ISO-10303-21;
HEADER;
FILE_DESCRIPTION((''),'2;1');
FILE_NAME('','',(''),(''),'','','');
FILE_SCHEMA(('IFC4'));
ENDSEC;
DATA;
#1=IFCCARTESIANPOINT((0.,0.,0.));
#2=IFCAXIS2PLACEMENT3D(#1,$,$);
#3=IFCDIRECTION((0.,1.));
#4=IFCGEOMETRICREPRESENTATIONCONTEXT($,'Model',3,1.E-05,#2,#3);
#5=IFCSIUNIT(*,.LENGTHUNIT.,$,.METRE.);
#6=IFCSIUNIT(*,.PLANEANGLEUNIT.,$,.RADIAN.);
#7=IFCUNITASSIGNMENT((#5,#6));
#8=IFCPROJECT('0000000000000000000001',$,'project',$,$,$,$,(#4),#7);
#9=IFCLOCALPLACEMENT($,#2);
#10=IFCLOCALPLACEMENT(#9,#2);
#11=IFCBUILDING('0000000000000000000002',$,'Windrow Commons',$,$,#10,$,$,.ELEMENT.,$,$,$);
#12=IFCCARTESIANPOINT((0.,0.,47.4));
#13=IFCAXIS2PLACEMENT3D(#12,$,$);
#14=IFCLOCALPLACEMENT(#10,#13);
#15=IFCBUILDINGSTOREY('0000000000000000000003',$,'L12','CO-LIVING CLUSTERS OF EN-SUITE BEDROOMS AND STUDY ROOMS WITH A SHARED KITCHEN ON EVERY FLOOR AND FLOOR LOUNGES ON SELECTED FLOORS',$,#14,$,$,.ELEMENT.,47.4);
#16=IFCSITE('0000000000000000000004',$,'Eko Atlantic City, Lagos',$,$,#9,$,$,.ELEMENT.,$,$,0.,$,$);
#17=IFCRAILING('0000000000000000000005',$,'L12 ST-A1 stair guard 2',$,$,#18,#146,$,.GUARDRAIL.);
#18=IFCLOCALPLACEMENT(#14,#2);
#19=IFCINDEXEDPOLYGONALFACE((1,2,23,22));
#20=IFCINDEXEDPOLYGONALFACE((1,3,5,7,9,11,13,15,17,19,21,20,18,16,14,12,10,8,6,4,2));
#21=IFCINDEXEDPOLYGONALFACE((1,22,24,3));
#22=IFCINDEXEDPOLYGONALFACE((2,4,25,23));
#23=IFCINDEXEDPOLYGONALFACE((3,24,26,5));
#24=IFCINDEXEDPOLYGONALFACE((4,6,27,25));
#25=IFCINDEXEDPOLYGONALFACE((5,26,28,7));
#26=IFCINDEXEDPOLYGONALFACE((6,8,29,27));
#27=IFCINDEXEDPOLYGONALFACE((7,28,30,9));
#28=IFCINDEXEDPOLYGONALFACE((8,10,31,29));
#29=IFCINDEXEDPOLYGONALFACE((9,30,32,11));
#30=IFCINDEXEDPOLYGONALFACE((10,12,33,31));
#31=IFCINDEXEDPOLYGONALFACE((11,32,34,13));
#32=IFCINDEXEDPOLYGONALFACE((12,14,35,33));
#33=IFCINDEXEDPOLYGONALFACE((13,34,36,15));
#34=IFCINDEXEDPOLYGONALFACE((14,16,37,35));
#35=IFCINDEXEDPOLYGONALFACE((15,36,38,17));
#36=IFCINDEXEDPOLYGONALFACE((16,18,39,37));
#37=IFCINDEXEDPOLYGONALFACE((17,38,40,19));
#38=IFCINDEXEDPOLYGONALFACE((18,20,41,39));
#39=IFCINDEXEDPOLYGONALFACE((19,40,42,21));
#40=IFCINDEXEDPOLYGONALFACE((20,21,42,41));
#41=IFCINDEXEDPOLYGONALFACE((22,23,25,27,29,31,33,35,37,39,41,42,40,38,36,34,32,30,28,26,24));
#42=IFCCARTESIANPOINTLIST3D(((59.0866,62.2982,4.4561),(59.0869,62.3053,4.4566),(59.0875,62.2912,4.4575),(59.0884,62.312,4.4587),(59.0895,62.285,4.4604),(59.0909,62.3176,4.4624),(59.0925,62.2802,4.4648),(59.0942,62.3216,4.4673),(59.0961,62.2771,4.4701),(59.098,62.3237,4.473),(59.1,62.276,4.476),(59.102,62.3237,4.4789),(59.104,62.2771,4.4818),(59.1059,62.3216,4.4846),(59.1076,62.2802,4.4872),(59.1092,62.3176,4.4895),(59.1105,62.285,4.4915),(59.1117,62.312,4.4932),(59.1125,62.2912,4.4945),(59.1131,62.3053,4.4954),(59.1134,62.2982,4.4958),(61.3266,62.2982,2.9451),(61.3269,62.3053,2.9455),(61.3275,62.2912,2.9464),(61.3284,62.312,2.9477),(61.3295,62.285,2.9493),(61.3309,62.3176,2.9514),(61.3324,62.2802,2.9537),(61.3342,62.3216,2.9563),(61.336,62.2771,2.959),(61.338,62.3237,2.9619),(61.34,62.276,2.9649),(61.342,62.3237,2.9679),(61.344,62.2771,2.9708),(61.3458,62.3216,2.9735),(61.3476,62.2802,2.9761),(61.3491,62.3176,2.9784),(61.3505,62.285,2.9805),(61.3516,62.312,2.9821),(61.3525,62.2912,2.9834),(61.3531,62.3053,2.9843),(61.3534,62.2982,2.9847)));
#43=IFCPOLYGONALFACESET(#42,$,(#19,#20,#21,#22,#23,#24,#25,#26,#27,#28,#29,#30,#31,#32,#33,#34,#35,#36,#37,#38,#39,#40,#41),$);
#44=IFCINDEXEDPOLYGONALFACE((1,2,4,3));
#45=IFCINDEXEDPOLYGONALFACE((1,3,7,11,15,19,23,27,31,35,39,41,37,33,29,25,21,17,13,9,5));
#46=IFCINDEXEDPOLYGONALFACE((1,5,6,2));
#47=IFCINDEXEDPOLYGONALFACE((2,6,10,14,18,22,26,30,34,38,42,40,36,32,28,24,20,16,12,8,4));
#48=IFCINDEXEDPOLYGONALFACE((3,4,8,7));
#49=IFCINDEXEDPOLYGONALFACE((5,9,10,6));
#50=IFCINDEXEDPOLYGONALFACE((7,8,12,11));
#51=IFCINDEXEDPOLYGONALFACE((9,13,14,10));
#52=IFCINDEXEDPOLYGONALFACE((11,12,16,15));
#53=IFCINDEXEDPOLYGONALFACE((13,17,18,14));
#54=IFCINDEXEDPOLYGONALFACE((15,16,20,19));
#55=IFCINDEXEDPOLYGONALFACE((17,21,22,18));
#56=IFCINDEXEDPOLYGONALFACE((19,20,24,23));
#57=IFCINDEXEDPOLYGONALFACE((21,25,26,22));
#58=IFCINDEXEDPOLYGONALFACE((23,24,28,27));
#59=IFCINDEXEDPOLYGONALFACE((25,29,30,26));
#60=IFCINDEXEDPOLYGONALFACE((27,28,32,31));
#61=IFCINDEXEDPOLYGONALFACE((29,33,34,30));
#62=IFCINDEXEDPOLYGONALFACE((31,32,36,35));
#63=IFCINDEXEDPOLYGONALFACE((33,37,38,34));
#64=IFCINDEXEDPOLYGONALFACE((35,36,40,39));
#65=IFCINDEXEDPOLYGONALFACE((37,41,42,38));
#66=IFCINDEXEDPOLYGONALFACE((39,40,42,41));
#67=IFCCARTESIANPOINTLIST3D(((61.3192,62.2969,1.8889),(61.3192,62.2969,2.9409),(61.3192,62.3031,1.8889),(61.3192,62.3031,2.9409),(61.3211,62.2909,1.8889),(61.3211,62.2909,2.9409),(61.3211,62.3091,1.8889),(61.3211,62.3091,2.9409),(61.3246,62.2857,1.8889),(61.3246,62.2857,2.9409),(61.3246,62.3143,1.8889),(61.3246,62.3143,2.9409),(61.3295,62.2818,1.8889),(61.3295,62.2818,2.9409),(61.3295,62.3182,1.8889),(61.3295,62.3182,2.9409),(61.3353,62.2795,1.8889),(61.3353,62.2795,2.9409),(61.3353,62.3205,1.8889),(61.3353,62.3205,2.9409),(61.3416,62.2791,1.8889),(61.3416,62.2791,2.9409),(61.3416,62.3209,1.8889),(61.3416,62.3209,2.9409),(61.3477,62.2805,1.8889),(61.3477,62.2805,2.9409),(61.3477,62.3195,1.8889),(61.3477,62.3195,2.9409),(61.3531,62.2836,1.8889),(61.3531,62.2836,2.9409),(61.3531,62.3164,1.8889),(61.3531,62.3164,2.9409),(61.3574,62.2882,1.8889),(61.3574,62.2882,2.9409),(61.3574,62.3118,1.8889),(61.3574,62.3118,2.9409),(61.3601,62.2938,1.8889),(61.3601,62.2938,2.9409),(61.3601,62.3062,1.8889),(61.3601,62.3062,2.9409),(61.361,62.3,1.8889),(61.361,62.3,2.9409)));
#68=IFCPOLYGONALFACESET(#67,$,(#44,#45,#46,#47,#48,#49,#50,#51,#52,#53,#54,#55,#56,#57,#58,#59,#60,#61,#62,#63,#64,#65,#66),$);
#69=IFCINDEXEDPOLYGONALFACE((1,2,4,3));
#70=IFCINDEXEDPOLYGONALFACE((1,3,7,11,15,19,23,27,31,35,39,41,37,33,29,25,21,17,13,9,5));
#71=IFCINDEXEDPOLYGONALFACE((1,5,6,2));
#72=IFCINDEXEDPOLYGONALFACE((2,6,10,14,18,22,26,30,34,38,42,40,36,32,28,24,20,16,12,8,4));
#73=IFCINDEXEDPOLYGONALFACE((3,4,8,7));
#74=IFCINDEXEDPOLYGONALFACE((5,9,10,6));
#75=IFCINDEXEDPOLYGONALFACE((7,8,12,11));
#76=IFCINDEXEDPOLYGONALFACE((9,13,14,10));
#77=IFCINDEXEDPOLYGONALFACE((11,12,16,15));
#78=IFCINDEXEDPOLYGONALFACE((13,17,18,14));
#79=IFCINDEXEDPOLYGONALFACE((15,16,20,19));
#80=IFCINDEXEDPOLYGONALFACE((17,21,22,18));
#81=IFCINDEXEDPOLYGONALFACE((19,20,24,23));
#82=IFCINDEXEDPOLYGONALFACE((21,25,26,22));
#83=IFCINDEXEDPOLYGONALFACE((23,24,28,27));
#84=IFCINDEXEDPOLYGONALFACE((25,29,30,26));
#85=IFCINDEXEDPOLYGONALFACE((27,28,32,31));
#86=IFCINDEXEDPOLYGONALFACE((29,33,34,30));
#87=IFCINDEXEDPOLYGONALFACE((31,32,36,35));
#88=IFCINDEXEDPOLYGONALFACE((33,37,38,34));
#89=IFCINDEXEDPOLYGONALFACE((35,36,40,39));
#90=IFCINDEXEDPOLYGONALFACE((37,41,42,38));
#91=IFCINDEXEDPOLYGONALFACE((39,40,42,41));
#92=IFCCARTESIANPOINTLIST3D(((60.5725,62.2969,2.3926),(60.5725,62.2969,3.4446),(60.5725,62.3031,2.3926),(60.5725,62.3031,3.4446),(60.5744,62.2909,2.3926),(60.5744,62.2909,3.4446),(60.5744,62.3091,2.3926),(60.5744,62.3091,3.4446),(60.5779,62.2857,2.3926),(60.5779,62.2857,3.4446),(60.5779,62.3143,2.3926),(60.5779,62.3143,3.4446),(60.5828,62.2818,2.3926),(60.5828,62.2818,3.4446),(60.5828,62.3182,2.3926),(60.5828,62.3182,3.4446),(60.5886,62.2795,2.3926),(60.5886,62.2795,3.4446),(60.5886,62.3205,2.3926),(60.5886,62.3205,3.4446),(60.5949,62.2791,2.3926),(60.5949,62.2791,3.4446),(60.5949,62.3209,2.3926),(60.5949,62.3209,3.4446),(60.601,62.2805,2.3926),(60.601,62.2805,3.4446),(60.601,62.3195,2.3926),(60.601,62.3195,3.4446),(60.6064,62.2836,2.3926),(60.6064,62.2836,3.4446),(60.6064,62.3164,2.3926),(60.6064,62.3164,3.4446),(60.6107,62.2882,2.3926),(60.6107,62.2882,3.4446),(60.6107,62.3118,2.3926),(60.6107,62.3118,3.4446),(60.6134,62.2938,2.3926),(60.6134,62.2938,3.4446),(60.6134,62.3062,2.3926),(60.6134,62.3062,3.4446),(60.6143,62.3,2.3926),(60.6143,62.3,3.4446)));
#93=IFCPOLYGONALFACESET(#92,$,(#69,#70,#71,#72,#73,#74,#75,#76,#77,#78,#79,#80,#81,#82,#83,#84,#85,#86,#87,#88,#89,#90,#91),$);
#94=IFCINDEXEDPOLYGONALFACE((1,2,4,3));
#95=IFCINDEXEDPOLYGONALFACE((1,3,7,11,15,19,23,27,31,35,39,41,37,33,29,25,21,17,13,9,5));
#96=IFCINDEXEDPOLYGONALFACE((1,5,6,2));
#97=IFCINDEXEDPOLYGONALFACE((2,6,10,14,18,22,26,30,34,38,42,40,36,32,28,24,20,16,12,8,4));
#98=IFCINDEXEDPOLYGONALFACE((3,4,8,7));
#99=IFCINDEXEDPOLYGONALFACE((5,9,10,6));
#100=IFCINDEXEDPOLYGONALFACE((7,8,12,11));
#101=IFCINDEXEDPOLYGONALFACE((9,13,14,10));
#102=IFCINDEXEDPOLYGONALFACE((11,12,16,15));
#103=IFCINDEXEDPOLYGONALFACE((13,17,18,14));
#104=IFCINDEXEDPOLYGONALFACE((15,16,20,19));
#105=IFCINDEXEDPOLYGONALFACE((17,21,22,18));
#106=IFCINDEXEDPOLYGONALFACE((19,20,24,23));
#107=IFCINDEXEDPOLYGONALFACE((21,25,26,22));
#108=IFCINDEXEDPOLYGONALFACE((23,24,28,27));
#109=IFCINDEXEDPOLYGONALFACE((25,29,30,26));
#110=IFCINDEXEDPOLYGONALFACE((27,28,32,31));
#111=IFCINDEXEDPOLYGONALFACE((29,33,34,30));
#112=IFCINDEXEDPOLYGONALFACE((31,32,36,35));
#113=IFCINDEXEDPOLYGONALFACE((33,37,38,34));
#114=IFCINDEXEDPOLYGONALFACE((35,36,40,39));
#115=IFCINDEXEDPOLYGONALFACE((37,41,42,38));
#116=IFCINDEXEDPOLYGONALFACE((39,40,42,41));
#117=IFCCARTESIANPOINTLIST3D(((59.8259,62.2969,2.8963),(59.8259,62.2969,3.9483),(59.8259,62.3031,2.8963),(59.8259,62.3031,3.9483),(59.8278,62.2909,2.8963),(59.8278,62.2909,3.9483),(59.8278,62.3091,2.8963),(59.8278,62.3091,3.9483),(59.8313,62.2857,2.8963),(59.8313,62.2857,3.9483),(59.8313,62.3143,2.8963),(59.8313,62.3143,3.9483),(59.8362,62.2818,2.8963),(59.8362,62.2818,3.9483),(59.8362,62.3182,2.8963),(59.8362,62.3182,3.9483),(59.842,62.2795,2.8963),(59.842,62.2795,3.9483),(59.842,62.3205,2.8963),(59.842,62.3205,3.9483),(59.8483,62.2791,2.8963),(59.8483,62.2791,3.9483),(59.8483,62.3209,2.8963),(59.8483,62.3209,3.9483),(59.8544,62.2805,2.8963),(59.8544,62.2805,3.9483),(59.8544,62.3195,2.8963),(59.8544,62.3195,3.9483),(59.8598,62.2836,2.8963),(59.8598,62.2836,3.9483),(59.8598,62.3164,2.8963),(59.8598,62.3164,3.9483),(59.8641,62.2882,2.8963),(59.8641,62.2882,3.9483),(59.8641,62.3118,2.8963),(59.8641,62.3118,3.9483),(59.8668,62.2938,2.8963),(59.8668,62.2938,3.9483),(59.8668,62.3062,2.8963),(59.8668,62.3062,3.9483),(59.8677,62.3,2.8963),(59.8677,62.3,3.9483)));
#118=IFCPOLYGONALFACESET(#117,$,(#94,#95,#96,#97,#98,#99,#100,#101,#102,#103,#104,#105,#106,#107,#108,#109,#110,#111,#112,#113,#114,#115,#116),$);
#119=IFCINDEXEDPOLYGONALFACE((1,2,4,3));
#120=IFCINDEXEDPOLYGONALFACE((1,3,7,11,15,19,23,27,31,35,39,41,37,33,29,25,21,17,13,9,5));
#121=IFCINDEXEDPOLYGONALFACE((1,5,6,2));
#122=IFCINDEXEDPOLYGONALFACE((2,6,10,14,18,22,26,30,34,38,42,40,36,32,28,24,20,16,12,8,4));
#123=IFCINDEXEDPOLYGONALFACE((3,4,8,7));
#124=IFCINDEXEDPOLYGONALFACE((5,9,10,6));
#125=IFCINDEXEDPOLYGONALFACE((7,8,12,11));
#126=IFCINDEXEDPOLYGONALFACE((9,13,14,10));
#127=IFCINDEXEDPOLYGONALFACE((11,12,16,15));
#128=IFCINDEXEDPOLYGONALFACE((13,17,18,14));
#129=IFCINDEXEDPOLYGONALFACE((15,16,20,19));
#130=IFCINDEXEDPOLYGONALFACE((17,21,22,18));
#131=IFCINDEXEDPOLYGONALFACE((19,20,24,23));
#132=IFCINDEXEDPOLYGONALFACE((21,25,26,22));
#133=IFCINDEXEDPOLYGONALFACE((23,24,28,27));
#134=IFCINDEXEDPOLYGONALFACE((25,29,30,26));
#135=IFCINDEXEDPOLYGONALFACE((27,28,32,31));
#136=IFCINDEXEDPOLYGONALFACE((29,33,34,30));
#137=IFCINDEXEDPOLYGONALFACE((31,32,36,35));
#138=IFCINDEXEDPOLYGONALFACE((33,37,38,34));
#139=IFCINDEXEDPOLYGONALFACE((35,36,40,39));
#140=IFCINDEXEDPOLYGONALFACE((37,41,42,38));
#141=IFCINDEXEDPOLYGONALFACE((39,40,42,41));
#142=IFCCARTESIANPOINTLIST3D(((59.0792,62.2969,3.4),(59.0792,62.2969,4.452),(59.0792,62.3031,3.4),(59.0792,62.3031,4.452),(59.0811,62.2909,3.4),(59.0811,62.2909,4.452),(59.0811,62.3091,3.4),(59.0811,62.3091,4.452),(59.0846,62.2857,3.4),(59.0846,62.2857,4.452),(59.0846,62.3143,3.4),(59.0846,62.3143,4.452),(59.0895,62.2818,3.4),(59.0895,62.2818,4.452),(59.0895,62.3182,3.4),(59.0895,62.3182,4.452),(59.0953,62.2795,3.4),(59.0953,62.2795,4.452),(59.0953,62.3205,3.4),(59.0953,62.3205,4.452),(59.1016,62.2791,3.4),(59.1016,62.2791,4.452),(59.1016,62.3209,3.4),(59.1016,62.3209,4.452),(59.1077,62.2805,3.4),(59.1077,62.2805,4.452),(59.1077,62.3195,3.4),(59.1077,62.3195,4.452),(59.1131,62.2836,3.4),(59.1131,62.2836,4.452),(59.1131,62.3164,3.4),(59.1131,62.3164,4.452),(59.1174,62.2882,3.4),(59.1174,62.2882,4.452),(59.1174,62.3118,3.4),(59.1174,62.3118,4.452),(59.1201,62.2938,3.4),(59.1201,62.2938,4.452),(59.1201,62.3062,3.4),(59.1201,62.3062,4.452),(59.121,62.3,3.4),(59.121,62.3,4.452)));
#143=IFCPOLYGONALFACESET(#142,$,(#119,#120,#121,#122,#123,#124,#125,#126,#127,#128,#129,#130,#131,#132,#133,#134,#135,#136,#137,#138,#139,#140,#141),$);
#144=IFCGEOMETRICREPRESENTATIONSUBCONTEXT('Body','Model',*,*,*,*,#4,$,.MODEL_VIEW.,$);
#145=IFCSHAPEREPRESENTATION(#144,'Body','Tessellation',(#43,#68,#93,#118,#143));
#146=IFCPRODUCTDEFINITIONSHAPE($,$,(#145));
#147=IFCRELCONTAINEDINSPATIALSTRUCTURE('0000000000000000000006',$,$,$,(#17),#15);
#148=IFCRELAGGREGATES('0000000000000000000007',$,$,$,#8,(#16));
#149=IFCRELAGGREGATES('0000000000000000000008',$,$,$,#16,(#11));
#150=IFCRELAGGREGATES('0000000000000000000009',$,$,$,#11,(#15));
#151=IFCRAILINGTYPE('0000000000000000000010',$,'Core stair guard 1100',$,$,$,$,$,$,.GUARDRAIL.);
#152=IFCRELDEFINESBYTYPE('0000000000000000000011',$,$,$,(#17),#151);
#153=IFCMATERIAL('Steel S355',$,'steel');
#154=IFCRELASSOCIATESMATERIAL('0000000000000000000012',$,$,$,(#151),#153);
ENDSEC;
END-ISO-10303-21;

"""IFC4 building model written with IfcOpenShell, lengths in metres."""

from ifc_helpers import new_model, si_unit, direction, frame, origin, origin_2d, place, context, subcontext, project, spatial, circle, extrude, material, type_object, element, save


model = new_model("IFC4")

# Units and contexts
model_context = context("Model", 3, precision=1e-05, world=origin(), true_north=direction((0.0, 1.0)))
body_context = subcontext(model_context, "Body", "Model", "MODEL_VIEW")
ifc_project = project(units=[si_unit("LENGTHUNIT", "METRE"), si_unit("PLANEANGLEUNIT", "RADIAN")], contexts=[model_context])

# Site, building, storey
site_placement = place(None, origin())
site = spatial("IfcSite", under=ifc_project, at=site_placement, Name="Eko Atlantic City, Lagos", CompositionType="ELEMENT", RefElevation=0.0)
building_placement = place(site_placement, origin())
building = spatial("IfcBuilding", under=site, at=building_placement, Name="Windrow Commons", CompositionType="ELEMENT")
storey_placement = place(building_placement, frame((0.0, 0.0, 47.4)))
storey = spatial("IfcBuildingStorey", under=building, at=storey_placement, Name="L12", Description="CO-LIVING CLUSTERS OF EN-SUITE BEDROOMS AND STUDY ROOMS WITH A SHARED KITCHEN ON EVERY FLOOR AND FLOOR LOUNGES ON SELECTED FLOORS", CompositionType="ELEMENT", Elevation=47.4)

# Railing
ifc_material_1 = material(Name="Steel S355", Category="steel")
railing_type_1 = type_object("IfcRailingType", Name="Core stair guard 1100", PredefinedType="GUARDRAIL", material=ifc_material_1)
railing_1_placement = place(storey_placement, frame((61.34, 62.3, 1.8889)))
element("IfcRailing", 1, at=railing_1_placement, inside=storey, type_object=railing_type_1, Name="L12 ST-A1 stair guard 2", PredefinedType="GUARDRAIL", context=body_context, shape_type="SweptSolid", body=[
    extrude(circle(Radius=0.024, at=origin_2d()), frame((0.0, 0.0, 1.076), z_axis=(-0.829003, 0.0, 0.559244), x_axis=(0.0, -1.0, 0.0)), (0.0, 0.0, 1.0), 2.702),
    extrude(circle(Radius=0.021, at=origin_2d()), origin(), (0.0, 0.0, 1.0), 1.052),
    extrude(circle(Radius=0.021, at=origin_2d()), frame((-0.7467, 0.0, 0.5037)), (0.0, 0.0, 1.0), 1.052),
    extrude(circle(Radius=0.021, at=origin_2d()), frame((-1.4933, 0.0, 1.0074)), (0.0, 0.0, 1.0), 1.052),
    extrude(circle(Radius=0.021, at=origin_2d()), frame((-2.24, 0.0, 1.5111)), (0.0, 0.0, 1.0), 1.052),
])

save(model, "model.ifc")
